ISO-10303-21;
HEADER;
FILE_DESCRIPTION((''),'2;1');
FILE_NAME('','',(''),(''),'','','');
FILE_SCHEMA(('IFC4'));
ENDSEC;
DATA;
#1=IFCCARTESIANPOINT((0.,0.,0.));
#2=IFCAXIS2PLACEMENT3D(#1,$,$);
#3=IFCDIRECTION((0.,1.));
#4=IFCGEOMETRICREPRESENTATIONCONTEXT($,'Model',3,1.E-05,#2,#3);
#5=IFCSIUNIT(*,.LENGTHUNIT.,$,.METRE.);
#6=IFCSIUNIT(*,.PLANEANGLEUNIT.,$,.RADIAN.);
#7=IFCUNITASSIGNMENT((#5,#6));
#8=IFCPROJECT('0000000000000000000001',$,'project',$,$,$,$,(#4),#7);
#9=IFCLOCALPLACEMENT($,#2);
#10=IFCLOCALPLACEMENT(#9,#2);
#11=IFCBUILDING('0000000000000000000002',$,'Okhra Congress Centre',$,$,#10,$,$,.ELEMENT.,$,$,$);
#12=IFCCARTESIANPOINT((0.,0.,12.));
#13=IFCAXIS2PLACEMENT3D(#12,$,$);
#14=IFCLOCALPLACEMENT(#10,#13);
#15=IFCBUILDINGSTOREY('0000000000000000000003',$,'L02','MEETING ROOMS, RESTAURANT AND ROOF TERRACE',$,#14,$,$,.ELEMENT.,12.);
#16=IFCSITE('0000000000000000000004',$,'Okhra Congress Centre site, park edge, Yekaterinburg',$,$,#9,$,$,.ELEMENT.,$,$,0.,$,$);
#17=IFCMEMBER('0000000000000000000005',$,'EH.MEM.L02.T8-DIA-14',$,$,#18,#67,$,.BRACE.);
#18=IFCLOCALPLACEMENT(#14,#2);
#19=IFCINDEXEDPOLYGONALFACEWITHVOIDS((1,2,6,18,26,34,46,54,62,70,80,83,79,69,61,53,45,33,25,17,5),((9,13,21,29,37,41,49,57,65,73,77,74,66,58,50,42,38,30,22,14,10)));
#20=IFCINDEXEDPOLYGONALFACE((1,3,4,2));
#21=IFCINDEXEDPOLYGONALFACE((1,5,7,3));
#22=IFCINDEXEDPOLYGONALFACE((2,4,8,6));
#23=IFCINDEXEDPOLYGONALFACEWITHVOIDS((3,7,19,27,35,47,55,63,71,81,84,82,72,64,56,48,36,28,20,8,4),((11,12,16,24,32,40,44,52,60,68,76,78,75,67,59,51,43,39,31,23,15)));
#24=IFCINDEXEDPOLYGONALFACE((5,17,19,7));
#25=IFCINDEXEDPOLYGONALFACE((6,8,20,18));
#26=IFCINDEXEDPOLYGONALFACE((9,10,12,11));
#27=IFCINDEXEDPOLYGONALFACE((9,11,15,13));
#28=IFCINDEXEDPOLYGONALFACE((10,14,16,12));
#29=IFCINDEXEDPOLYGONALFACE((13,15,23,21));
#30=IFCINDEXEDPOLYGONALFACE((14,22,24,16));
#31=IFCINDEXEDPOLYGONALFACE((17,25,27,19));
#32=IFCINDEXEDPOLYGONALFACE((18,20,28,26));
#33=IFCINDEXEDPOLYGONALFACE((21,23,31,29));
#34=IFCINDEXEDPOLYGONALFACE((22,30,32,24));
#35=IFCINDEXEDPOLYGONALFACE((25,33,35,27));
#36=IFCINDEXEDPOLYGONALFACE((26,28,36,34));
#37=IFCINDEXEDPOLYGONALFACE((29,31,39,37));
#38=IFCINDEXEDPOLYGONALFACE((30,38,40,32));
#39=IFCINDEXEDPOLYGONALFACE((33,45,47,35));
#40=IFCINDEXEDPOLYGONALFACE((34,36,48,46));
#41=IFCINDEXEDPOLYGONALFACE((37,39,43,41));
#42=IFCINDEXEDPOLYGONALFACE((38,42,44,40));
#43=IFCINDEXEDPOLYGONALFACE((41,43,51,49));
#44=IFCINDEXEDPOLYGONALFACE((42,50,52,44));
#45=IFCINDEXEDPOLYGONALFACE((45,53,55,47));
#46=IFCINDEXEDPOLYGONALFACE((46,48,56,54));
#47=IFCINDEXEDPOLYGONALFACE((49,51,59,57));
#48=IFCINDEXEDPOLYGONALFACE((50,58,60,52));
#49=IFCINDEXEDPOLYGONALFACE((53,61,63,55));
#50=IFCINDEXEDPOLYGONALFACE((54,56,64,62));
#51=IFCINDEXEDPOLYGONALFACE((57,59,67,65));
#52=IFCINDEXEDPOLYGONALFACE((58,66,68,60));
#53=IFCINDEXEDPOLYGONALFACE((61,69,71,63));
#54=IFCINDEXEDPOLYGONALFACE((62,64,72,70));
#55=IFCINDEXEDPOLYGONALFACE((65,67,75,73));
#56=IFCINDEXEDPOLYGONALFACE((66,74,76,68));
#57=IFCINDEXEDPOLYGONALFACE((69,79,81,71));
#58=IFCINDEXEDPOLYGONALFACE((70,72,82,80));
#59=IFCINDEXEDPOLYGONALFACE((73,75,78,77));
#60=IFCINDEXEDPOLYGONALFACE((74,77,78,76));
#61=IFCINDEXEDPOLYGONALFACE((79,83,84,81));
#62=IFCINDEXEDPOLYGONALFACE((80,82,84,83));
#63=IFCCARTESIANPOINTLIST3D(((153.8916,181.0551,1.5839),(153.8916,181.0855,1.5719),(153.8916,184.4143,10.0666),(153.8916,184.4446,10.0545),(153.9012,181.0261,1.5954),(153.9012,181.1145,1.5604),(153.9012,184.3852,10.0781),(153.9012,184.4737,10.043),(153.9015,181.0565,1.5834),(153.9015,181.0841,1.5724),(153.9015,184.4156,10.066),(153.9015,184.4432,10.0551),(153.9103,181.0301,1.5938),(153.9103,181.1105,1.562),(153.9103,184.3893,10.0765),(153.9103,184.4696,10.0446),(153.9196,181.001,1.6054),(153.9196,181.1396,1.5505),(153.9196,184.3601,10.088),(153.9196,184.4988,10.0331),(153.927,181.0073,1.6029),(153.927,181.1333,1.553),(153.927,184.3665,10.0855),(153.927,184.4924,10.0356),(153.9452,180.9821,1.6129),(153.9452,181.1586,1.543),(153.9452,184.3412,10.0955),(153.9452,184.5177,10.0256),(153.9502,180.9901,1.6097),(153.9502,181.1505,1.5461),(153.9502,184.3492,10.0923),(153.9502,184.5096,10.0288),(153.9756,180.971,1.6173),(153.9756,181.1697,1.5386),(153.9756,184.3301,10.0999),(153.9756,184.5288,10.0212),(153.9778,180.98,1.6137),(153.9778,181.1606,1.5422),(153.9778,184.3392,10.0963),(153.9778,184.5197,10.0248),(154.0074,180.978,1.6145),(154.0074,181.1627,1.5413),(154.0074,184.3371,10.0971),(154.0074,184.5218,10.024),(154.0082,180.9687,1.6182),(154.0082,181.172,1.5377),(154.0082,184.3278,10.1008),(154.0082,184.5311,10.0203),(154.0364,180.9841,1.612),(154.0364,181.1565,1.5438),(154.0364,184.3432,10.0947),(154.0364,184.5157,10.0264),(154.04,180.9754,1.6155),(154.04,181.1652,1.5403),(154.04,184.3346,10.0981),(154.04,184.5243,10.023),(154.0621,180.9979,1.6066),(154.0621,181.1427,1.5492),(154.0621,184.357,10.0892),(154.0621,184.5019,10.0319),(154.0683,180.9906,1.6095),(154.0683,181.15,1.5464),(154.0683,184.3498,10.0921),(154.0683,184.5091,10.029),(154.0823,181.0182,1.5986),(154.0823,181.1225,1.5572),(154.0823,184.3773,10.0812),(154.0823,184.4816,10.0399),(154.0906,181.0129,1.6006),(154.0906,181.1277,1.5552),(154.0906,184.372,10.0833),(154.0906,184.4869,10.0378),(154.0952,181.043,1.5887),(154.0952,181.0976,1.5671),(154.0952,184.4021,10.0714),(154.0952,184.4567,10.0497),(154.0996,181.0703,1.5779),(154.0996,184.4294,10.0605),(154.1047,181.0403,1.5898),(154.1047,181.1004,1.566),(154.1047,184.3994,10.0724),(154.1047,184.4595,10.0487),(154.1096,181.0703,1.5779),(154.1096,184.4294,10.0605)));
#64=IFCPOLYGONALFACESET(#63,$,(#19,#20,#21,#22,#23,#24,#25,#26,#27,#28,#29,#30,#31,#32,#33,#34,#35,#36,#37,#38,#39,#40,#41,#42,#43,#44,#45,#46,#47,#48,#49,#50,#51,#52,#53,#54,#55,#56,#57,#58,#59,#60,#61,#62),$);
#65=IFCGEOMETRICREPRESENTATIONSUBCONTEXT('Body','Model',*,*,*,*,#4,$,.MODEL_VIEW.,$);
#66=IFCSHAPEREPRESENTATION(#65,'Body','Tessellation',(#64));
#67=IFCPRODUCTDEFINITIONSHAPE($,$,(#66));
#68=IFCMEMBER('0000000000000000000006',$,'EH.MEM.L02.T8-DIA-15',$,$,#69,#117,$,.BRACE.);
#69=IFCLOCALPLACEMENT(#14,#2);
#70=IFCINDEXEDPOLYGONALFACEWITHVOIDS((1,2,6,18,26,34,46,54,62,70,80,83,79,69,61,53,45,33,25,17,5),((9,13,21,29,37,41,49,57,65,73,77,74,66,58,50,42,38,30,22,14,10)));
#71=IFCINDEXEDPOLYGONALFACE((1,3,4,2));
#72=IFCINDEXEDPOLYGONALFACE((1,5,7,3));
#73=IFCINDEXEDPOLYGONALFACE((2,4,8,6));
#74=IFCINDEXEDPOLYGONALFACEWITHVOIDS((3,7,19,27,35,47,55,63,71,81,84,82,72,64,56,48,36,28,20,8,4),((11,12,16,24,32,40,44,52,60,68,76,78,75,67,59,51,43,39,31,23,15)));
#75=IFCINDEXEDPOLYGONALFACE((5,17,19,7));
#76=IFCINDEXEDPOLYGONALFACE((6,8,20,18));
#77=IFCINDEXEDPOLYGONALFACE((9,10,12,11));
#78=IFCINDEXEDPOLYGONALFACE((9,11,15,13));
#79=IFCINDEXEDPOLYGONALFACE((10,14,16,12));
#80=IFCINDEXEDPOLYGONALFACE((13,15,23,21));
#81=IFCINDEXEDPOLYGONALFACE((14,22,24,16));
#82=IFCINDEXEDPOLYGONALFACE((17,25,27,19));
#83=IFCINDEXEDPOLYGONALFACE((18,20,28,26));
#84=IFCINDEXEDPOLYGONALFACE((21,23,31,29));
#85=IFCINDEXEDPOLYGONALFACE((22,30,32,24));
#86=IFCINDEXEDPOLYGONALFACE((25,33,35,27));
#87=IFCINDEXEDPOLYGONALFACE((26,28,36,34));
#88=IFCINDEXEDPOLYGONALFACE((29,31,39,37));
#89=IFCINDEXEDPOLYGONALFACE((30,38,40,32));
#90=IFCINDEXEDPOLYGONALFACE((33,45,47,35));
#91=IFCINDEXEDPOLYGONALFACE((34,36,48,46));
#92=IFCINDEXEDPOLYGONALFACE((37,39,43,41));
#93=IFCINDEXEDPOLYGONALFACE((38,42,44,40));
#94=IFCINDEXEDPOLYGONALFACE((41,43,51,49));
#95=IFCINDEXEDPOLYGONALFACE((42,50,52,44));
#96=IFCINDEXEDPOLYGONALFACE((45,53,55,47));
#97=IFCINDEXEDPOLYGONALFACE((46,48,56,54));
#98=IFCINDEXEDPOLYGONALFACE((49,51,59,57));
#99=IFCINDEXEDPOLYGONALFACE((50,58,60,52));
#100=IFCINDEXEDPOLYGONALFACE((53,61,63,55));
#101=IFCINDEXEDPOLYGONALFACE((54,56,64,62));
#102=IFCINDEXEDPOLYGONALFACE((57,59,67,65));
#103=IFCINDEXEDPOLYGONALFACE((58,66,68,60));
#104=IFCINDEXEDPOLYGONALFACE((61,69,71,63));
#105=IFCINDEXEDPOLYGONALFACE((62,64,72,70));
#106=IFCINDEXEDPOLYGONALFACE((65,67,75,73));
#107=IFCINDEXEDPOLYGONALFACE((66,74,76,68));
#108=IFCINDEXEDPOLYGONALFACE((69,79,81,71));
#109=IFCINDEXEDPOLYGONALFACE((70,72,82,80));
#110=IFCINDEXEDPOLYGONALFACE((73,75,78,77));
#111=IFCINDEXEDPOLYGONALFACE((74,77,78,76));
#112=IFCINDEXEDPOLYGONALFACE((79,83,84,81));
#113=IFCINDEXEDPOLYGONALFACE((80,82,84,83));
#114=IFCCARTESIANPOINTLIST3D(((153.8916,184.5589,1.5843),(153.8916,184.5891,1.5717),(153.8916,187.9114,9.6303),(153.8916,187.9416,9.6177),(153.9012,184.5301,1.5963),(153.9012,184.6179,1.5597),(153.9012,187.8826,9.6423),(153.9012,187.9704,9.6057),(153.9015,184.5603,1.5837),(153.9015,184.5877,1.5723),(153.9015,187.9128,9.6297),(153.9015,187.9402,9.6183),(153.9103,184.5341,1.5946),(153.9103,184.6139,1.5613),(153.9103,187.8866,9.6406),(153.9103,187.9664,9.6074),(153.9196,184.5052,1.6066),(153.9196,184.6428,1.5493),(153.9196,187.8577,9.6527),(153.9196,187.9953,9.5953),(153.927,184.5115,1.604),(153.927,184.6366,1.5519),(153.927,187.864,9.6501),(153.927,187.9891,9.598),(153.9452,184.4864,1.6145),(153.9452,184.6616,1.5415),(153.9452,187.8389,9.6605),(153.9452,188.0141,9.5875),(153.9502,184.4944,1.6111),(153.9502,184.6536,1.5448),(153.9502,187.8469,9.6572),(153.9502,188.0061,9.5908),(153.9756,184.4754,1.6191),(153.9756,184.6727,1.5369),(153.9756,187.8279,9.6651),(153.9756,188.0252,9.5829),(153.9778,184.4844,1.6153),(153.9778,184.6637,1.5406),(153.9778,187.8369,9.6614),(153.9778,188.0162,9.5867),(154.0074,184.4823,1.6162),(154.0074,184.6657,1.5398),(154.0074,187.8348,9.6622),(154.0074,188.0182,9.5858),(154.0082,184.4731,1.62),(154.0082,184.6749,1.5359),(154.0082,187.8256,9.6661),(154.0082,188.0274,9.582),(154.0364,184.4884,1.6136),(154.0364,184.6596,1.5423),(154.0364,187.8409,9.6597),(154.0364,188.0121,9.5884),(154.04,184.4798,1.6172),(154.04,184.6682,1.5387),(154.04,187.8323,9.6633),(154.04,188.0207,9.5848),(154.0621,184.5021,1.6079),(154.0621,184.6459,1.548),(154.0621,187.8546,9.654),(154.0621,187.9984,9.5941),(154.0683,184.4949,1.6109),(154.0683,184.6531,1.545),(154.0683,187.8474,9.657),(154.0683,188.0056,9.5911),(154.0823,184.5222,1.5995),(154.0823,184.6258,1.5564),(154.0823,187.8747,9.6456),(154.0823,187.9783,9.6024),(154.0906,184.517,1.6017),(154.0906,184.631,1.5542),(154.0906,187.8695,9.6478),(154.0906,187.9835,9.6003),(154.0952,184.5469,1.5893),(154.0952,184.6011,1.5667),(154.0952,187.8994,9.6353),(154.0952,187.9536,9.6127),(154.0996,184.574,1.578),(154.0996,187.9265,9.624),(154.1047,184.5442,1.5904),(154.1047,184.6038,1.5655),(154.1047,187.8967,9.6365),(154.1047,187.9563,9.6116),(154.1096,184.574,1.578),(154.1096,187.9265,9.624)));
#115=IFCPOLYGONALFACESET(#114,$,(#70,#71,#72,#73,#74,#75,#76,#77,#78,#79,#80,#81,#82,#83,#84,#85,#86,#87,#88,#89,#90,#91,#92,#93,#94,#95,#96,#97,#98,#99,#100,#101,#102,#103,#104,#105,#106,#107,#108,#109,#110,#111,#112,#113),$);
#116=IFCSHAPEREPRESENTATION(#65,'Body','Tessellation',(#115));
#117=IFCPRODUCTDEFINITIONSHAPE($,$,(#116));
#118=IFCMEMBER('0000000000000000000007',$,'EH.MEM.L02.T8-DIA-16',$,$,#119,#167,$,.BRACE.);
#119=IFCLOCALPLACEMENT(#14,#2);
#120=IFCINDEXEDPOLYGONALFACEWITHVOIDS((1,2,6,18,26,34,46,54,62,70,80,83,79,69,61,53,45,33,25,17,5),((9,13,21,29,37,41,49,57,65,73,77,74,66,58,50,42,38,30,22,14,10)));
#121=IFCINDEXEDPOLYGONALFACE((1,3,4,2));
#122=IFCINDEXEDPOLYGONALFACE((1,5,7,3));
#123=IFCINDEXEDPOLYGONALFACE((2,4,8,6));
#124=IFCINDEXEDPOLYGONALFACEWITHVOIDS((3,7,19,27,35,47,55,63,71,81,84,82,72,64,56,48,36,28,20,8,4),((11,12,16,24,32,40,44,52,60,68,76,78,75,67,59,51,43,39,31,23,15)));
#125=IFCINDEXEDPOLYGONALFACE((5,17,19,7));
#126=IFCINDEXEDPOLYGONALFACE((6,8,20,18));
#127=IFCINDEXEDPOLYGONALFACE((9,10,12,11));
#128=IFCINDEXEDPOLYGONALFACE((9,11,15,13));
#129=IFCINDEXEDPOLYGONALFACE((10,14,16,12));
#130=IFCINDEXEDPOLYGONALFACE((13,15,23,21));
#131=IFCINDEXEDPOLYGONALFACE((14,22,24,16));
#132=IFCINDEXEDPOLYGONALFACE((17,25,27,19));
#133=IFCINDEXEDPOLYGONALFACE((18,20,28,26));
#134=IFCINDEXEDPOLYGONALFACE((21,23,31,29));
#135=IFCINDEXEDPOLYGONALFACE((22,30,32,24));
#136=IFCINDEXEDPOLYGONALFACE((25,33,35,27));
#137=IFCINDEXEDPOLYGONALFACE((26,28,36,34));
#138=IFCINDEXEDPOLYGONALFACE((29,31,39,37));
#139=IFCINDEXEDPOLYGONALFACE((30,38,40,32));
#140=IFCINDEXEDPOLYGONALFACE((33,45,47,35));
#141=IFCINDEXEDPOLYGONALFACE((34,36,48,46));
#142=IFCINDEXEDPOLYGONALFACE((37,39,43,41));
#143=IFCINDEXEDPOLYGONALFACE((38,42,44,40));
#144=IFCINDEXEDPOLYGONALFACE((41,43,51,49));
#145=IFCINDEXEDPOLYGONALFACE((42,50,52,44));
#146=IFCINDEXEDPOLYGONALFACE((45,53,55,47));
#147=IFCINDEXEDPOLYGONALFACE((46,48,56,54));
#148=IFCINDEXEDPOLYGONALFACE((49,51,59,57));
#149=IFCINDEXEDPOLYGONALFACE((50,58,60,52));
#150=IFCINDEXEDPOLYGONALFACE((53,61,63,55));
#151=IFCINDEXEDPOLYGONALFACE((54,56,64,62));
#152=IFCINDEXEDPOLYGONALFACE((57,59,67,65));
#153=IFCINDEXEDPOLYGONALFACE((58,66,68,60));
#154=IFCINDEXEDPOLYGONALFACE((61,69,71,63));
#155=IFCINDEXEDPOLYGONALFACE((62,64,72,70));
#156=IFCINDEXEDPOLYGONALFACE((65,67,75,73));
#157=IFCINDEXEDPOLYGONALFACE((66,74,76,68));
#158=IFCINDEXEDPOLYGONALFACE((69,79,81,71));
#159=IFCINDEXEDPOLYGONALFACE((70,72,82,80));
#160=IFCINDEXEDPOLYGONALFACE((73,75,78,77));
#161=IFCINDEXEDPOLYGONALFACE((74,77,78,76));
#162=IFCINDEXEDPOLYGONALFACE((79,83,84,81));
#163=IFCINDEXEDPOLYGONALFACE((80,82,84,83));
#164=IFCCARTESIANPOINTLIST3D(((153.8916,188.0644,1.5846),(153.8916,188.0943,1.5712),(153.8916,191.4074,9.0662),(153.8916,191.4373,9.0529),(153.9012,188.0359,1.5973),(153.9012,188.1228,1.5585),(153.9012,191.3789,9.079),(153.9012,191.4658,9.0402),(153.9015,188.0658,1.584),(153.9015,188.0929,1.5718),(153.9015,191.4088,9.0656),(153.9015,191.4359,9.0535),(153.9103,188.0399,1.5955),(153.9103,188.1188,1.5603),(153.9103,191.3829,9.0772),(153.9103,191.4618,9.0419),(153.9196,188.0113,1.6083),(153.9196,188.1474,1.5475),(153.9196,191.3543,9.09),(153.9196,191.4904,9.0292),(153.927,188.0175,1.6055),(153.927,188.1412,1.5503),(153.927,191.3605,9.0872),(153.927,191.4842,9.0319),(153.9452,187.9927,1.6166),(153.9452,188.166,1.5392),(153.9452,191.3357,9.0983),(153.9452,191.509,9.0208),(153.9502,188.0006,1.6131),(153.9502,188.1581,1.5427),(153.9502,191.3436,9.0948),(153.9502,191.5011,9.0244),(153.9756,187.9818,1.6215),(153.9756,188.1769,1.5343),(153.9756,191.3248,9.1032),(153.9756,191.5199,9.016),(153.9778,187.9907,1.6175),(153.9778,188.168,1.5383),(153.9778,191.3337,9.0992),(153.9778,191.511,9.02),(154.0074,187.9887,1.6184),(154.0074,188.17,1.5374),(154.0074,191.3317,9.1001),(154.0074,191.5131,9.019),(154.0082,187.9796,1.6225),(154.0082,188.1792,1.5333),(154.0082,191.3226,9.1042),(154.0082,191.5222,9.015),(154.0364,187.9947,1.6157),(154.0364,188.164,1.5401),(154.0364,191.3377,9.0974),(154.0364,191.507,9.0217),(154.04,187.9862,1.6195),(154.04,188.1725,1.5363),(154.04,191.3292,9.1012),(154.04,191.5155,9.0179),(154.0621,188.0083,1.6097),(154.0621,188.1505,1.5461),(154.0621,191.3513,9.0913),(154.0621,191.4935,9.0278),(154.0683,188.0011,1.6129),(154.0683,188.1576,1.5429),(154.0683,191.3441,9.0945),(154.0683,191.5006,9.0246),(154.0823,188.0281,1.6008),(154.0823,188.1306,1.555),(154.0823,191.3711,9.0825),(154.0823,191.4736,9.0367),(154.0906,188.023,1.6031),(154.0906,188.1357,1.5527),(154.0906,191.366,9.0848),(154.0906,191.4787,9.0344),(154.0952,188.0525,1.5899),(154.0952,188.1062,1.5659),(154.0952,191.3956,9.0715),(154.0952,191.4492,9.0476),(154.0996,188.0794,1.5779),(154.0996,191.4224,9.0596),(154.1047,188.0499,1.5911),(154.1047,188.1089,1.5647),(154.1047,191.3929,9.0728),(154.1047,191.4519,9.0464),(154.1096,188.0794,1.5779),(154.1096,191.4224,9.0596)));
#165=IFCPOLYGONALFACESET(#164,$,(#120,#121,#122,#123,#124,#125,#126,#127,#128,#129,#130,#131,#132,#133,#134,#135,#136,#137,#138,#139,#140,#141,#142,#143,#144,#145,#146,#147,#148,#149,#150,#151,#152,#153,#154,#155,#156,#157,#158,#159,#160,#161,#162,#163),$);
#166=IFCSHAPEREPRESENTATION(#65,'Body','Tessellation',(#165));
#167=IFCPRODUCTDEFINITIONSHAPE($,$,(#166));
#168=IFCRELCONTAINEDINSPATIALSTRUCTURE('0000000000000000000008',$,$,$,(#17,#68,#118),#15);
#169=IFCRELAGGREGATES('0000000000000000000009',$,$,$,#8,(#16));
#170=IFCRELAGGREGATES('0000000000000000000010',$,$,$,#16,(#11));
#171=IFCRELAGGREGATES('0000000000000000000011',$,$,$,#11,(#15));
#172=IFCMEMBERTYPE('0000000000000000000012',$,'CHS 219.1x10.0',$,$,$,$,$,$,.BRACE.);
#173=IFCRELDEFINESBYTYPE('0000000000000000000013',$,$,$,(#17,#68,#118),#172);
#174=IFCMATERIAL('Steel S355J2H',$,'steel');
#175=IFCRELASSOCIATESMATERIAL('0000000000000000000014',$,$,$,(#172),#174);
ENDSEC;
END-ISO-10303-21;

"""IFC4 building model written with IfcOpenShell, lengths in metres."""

from ifc_helpers import new_model, si_unit, direction, frame, origin, origin_2d, place, context, subcontext, project, spatial, hollow_circle, extrude, material, material_profile, profile_set, type_object, element, save


model = new_model("IFC4")

# Units and contexts
model_context = context("Model", 3, precision=1e-05, world=origin(), true_north=direction((0.0, 1.0)))
body_context = subcontext(model_context, "Body", "Model", "MODEL_VIEW")
ifc_project = project(units=[si_unit("LENGTHUNIT", "METRE"), si_unit("PLANEANGLEUNIT", "RADIAN")], contexts=[model_context])

# Site, building, storey
site_placement = place(None, origin())
site = spatial("IfcSite", under=ifc_project, at=site_placement, Name="Okhra Congress Centre site, park edge, Yekaterinburg", CompositionType="ELEMENT", RefElevation=0.0)
building_placement = place(site_placement, origin())
building = spatial("IfcBuilding", under=site, at=building_placement, Name="Okhra Congress Centre", CompositionType="ELEMENT")
storey_placement = place(building_placement, frame((0.0, 0.0, 12.0)))
storey = spatial("IfcBuildingStorey", under=building, at=storey_placement, Name="L02", Description="MEETING ROOMS, RESTAURANT AND ROOF TERRACE", CompositionType="ELEMENT", Elevation=12.0)

# Members
ifc_material_1 = material(Name="Steel S355J2H", Category="steel")
ifc_material_profile_1 = material_profile(ifc_material_1, hollow_circle(Radius=0.1096, WallThickness=0.01, at=origin_2d()), Name="CHS 219.1x10.0")
ifc_profile_set_1 = profile_set([ifc_material_profile_1], Name="Steel S355J2H")
member_type_1 = type_object("IfcMemberType", Name="CHS 219.1x10.0", PredefinedType="BRACE", material=ifc_profile_set_1)
member_1_placement = place(storey_placement, frame((154.0, 184.4294, 10.0605), z_axis=(0.0, -0.368182, -0.929754), x_axis=(1.0, 0.0, 0.0)))
element("IfcMember", 1, at=member_1_placement, inside=storey, type_object=member_type_1, Name="EH.MEM.L02.T8-DIA-14", PredefinedType="BRACE", context=body_context, shape_type="SweptSolid", body=[
    extrude(hollow_circle(Radius=0.1096, WallThickness=0.01, at=origin_2d()), origin(), (0.0, 0.0, 1.0), 9.1235),
])
member_2_placement = place(storey_placement, frame((154.0, 187.9265, 9.624), z_axis=(0.0, -0.384613, -0.923078), x_axis=(1.0, 0.0, 0.0)))
element("IfcMember", 2, at=member_2_placement, inside=storey, type_object=member_type_1, Name="EH.MEM.L02.T8-DIA-15", PredefinedType="BRACE", context=body_context, shape_type="SweptSolid", body=[
    extrude(hollow_circle(Radius=0.1096, WallThickness=0.01, at=origin_2d()), origin(), (0.0, 0.0, 1.0), 8.7166),
])
member_3_placement = place(storey_placement, frame((154.0, 191.4224, 9.0596), z_axis=(0.0, -0.407954, -0.913003), x_axis=(1.0, 0.0, 0.0)))
element("IfcMember", 3, at=member_3_placement, inside=storey, type_object=member_type_1, Name="EH.MEM.L02.T8-DIA-16", PredefinedType="BRACE", context=body_context, shape_type="SweptSolid", body=[
    extrude(hollow_circle(Radius=0.1096, WallThickness=0.01, at=origin_2d()), origin(), (0.0, 0.0, 1.0), 8.1946),
])

save(model, "model.ifc")
